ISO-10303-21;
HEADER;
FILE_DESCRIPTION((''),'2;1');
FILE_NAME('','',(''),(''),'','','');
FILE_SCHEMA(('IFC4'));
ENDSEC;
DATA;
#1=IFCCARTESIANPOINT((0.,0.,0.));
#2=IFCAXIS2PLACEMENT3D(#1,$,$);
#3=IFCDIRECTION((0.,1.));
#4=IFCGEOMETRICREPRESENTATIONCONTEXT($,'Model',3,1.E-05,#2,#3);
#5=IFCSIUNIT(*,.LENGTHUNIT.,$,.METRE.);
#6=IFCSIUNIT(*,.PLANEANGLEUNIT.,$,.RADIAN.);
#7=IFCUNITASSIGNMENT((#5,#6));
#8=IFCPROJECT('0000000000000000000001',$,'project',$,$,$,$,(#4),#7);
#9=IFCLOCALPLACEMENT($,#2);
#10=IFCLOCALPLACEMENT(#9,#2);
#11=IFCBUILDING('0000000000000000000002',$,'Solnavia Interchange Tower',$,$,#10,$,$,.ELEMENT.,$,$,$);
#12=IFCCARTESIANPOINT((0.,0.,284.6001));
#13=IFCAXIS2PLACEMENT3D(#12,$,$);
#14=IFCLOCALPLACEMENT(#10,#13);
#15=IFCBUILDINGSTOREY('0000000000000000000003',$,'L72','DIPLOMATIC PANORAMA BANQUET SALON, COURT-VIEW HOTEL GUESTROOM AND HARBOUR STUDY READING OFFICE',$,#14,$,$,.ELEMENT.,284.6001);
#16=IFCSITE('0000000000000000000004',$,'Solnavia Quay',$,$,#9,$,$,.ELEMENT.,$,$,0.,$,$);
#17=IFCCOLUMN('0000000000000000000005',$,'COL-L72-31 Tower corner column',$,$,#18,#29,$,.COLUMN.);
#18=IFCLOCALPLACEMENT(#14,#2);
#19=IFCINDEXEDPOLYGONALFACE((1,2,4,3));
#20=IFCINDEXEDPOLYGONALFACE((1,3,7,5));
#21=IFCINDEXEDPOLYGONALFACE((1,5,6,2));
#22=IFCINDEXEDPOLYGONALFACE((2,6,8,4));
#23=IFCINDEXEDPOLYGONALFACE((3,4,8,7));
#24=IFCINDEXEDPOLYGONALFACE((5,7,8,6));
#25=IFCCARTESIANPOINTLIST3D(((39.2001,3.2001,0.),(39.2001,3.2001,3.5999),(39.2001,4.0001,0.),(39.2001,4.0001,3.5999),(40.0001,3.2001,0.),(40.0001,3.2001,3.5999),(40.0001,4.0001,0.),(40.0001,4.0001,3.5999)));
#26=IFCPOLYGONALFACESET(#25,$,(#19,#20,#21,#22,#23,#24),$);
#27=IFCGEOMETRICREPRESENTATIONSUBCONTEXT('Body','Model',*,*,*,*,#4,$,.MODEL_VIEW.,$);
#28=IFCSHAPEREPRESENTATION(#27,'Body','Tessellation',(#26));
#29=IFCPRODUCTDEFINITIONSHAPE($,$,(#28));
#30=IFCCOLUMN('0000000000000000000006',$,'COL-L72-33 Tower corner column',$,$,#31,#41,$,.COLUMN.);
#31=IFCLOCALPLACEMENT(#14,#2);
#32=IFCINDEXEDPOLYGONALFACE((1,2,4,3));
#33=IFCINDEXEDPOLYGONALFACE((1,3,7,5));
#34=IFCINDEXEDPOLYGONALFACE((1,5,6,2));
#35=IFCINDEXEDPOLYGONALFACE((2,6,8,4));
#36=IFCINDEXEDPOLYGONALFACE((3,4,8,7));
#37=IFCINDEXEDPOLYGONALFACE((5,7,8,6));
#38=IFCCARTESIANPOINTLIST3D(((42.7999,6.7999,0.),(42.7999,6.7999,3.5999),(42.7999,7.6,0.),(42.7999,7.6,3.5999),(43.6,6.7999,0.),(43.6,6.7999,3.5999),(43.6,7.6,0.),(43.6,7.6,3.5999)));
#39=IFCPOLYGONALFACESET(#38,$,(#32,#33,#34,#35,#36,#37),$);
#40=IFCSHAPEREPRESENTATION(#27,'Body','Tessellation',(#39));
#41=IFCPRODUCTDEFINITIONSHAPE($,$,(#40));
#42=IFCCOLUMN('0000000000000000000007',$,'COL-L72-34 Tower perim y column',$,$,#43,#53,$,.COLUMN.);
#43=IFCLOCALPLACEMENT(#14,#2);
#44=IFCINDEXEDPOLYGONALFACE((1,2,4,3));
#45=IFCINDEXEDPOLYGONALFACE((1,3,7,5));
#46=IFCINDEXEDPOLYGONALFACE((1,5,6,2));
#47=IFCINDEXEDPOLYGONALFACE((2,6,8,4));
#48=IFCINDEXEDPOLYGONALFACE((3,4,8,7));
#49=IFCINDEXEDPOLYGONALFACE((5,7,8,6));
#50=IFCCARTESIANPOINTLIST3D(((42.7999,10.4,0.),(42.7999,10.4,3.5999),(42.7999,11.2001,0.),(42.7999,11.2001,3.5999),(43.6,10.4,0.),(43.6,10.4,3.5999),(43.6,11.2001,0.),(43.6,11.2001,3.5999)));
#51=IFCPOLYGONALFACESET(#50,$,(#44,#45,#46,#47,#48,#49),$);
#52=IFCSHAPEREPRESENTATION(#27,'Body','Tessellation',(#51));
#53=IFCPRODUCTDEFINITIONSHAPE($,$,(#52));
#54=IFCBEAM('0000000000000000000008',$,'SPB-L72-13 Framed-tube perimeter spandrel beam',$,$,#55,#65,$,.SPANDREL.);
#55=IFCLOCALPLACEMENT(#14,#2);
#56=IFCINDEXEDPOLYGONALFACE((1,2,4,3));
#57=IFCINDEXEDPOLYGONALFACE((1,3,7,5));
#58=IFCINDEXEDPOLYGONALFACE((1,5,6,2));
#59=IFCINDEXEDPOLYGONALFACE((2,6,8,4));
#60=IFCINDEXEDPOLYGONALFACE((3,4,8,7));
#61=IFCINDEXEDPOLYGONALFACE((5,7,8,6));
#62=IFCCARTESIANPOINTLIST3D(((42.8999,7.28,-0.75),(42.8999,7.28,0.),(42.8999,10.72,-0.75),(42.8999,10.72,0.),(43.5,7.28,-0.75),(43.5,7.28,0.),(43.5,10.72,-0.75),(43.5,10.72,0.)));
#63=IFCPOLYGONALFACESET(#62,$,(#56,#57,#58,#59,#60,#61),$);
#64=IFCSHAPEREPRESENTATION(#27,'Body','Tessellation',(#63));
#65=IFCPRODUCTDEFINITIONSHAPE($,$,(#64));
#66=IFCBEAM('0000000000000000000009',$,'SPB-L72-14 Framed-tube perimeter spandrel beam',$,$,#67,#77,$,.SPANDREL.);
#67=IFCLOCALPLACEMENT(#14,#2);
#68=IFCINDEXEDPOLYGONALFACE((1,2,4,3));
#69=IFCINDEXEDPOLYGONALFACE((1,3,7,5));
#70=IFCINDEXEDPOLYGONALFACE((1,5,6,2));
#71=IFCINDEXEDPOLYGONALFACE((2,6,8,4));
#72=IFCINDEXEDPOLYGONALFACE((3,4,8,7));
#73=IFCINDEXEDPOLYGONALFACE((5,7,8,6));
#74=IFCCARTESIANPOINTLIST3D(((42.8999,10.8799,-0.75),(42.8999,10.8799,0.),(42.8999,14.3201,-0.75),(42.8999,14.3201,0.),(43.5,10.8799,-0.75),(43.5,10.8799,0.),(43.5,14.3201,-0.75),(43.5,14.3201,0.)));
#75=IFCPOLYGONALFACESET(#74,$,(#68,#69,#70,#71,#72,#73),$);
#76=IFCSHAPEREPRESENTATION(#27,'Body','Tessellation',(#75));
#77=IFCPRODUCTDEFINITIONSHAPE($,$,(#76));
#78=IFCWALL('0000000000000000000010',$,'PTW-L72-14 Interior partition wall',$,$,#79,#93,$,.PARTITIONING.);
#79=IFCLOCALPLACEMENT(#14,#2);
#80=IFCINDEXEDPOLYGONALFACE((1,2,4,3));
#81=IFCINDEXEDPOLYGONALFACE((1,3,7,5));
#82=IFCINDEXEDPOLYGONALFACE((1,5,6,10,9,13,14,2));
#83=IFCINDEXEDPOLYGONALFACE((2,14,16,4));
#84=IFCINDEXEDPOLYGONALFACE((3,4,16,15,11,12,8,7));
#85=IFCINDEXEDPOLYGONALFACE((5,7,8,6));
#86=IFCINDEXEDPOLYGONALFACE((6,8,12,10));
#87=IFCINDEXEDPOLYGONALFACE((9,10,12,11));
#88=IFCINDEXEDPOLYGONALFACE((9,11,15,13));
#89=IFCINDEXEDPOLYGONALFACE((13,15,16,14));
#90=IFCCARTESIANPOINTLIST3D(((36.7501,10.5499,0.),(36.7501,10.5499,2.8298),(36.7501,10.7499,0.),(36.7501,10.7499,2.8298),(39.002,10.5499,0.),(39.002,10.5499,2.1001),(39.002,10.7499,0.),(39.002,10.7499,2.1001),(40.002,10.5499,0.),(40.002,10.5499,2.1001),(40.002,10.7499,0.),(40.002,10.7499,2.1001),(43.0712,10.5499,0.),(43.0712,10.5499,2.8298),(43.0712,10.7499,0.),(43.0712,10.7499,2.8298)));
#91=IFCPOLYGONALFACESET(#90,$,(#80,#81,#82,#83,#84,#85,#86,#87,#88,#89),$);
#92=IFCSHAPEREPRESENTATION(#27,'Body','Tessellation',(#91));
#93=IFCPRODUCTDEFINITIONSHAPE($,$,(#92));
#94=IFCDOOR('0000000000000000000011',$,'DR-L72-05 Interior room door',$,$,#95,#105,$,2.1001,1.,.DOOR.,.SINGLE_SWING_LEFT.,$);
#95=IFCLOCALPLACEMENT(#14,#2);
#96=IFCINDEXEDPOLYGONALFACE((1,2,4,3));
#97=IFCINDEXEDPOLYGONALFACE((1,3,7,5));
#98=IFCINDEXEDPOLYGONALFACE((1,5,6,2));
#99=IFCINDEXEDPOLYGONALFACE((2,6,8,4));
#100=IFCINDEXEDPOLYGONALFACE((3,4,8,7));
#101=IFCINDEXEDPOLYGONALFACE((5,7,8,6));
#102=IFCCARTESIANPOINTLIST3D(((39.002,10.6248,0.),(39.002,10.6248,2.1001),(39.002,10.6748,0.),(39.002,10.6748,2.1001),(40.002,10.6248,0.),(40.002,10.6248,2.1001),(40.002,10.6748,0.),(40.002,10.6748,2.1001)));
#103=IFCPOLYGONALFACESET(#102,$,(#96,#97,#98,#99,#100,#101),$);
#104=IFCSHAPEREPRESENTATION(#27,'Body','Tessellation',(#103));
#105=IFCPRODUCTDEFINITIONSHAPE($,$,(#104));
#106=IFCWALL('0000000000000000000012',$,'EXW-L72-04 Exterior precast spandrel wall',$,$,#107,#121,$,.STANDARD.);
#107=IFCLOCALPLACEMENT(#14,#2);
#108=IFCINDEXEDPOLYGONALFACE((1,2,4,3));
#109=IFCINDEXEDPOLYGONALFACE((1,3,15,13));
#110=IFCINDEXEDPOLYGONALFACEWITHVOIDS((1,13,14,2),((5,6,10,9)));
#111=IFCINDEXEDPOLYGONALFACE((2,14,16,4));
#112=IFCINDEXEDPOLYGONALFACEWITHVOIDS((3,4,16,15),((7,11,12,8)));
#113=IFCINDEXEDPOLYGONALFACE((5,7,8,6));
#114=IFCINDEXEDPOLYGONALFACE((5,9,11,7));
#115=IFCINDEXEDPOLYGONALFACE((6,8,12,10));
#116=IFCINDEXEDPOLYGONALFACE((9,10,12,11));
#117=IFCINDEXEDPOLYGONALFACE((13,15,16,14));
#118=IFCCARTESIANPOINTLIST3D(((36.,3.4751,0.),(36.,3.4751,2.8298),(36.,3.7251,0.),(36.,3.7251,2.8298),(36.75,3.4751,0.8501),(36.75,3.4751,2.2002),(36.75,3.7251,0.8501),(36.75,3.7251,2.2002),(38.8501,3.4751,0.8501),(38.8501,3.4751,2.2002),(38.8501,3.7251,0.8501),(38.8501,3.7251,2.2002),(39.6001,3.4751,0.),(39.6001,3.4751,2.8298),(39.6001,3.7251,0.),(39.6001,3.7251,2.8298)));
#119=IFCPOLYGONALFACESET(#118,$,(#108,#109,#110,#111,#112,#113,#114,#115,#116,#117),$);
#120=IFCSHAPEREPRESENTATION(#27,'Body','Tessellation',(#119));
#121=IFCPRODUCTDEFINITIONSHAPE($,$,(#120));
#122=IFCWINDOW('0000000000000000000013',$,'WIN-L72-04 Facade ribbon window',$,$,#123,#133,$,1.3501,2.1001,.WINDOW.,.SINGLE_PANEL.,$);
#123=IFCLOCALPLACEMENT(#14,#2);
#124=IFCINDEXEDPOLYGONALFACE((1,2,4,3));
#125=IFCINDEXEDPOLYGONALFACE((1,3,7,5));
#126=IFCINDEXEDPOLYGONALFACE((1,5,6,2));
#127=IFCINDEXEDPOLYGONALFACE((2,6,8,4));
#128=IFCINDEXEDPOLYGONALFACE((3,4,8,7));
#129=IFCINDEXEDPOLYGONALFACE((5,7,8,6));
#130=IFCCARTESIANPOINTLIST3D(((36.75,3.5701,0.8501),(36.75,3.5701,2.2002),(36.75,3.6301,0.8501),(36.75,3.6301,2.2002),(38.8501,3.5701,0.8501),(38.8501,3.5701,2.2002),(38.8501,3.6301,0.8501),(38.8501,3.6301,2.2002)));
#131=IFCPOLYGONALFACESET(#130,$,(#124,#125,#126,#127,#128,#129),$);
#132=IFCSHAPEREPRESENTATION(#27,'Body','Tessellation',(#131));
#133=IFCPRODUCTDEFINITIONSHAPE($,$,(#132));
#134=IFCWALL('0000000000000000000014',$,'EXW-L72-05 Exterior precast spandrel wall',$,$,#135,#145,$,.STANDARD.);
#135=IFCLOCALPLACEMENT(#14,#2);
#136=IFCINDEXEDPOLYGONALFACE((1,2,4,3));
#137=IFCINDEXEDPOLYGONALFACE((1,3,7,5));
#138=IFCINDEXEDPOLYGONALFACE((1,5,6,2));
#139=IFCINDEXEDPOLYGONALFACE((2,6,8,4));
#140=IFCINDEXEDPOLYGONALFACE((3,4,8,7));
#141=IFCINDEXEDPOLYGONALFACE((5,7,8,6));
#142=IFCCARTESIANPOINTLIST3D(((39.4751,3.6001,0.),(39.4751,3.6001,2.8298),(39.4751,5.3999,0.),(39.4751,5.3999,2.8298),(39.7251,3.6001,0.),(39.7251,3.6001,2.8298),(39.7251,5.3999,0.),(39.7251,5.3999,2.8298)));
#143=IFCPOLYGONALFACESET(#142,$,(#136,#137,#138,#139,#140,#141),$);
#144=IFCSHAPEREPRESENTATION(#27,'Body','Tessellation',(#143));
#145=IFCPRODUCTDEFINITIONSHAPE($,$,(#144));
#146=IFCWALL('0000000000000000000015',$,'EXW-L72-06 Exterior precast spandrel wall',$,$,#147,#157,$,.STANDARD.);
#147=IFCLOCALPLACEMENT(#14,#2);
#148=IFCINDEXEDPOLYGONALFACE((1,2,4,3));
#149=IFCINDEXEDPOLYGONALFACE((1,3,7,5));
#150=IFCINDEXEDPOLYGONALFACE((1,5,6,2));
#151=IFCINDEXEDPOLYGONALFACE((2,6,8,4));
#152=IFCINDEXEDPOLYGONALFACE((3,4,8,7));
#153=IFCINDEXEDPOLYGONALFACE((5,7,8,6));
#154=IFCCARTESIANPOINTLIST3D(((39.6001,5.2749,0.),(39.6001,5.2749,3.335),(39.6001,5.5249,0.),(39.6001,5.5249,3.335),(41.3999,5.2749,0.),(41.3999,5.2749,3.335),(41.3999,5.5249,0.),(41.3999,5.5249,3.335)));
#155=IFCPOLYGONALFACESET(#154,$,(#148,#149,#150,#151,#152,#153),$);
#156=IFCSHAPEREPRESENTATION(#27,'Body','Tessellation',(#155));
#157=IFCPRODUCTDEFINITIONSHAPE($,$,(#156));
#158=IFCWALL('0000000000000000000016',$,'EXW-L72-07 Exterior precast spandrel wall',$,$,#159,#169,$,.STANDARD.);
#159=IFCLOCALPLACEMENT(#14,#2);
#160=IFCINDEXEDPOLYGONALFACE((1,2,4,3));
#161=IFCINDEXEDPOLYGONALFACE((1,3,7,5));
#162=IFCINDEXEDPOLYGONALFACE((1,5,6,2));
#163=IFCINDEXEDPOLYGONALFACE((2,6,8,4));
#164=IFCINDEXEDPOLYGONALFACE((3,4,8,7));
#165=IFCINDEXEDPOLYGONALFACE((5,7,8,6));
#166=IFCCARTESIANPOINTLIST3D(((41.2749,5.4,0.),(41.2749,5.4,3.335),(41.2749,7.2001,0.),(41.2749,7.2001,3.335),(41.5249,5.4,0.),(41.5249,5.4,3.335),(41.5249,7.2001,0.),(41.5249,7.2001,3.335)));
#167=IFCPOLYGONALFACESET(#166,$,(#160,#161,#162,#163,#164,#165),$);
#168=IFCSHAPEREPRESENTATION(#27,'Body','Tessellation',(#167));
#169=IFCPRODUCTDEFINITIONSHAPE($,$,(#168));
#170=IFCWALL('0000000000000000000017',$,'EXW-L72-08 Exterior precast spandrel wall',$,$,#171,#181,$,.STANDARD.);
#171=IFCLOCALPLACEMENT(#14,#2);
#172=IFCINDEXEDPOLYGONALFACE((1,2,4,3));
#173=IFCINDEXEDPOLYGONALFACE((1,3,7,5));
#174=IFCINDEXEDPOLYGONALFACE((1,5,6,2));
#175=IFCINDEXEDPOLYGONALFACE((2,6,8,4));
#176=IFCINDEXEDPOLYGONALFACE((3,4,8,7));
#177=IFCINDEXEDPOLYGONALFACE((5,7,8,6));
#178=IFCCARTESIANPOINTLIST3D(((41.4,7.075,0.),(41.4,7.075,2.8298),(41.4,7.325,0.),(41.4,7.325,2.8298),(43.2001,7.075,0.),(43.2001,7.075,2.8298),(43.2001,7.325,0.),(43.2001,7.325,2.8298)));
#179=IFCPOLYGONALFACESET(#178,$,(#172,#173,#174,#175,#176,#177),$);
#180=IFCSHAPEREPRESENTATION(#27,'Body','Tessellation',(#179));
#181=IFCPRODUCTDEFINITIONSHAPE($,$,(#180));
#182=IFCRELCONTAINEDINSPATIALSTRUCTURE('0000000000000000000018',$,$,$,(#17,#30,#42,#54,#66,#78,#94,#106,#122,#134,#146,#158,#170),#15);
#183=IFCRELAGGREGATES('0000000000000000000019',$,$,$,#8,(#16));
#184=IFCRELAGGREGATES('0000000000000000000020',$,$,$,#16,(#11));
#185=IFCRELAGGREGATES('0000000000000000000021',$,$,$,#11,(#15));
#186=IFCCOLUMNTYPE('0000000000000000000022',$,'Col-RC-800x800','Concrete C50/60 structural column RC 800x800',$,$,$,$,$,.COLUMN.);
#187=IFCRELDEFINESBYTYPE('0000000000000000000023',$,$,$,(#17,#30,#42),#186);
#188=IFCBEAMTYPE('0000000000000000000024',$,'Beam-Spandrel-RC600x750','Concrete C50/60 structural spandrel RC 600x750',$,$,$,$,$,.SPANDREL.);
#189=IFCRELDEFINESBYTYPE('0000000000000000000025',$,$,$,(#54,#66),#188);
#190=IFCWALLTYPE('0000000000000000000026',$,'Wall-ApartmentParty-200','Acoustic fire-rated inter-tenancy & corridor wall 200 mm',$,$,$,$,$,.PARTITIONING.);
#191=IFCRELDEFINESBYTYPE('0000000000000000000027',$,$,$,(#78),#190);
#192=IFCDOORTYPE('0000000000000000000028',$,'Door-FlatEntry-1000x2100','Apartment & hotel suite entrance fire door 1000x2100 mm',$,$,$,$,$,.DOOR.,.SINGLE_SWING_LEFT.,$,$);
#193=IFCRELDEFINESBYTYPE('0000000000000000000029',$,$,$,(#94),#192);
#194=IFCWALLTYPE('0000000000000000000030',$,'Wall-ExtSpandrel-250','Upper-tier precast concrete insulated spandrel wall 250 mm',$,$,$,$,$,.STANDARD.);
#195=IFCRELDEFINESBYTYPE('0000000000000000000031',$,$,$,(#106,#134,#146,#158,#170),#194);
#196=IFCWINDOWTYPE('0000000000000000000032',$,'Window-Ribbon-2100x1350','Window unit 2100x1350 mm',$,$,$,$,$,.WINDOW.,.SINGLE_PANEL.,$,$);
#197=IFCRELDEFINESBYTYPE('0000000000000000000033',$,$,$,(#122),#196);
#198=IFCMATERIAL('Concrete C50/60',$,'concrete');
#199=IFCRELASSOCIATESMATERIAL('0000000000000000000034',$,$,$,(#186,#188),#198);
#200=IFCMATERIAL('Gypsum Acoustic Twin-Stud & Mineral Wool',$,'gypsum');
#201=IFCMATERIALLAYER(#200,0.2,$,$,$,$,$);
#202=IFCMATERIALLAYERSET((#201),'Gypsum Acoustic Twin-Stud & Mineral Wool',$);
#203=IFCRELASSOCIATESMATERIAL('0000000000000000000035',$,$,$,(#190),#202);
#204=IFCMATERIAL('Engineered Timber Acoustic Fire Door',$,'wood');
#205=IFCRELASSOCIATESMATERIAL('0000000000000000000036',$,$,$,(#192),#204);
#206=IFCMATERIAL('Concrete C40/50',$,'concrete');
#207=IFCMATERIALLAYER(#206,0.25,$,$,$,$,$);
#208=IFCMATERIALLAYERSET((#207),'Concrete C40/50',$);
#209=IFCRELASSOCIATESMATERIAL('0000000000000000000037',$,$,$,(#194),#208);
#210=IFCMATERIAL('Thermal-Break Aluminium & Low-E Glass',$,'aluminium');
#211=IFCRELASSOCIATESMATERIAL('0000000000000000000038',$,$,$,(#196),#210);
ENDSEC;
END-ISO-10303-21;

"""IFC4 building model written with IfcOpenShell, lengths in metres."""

from ifc_helpers import new_model, si_unit, direction, frame, frame_2d, origin, origin_2d, place, context, subcontext, project, spatial, rectangle, extrude, material, layer, layer_set, material_profile, profile_set, type_object, element, fill, save


model = new_model("IFC4")

# Units and contexts
model_context = context("Model", 3, precision=1e-05, world=origin(), true_north=direction((0.0, 1.0)))
body_context = subcontext(model_context, "Body", "Model", "MODEL_VIEW")
ifc_project = project(units=[si_unit("LENGTHUNIT", "METRE"), si_unit("PLANEANGLEUNIT", "RADIAN")], contexts=[model_context])

# Site, building, storey
site_placement = place(None, origin())
site = spatial("IfcSite", under=ifc_project, at=site_placement, Name="Solnavia Quay", CompositionType="ELEMENT", RefElevation=0.0)
building_placement = place(site_placement, origin())
building = spatial("IfcBuilding", under=site, at=building_placement, Name="Solnavia Interchange Tower", CompositionType="ELEMENT")
storey_placement = place(building_placement, frame((0.0, 0.0, 284.6001)))
storey = spatial("IfcBuildingStorey", under=building, at=storey_placement, Name="L72", Description="DIPLOMATIC PANORAMA BANQUET SALON, COURT-VIEW HOTEL GUESTROOM AND HARBOUR STUDY READING OFFICE", CompositionType="ELEMENT", Elevation=284.6001)

# Columns
ifc_material_1 = material(Name="Concrete C50/60", Category="concrete")
ifc_material_profile_1 = material_profile(ifc_material_1, rectangle(XDim=0.8, YDim=0.8, at=origin_2d()), Name="RC 800x800")
ifc_profile_set_1 = profile_set([ifc_material_profile_1], Name="Concrete C50/60")
column_type = type_object("IfcColumnType", Name="Col-RC-800x800", Description="Concrete C50/60 structural column RC 800x800", PredefinedType="COLUMN", material=ifc_profile_set_1)
for number, where, z_axis, x_axis, name in (
    (1, (39.6001, 3.6001, 0.0), (0.0, 0.0, 1.0), (1.0, 0.0, 0.0), "COL-L72-31 Tower corner column"),
    (2, (43.2, 7.2, 0.0), (0.0, 0.0, 1.0), (1.0, 0.0, 0.0), "COL-L72-33 Tower corner column"),
    (3, (43.2, 10.8, 0.0), (0.0, 0.0, 1.0), (0.0, 1.0, 0.0), "COL-L72-34 Tower perim y column"),
):
    element("IfcColumn", number, at=place(storey_placement, frame(where, z_axis=z_axis, x_axis=x_axis)), inside=storey, type_object=column_type, Name=name, PredefinedType="COLUMN", context=body_context, shape_type="SweptSolid", body=[
        extrude(rectangle(XDim=0.8, YDim=0.8, at=origin_2d()), origin(), (0.0, 0.0, 1.0), 3.5999),
    ])

# Beams
ifc_material_profile_2 = material_profile(ifc_material_1, rectangle(XDim=0.6001, YDim=0.75, at=origin_2d()), Name="RC 600x750")
ifc_profile_set_2 = profile_set([ifc_material_profile_2], Name="Concrete C50/60")
beam_type = type_object("IfcBeamType", Name="Beam-Spandrel-RC600x750", Description="Concrete C50/60 structural spandrel RC 600x750", PredefinedType="SPANDREL", material=ifc_profile_set_2)
beam_1_placement = place(storey_placement, frame((43.2, 7.28, -0.375), z_axis=(0.0, 1.0, 0.0), x_axis=(-1.0, 0.0, 0.0)))
element("IfcBeam", 4, at=beam_1_placement, inside=storey, type_object=beam_type, Name="SPB-L72-13 Framed-tube perimeter spandrel beam", PredefinedType="SPANDREL", context=body_context, shape_type="SweptSolid", body=[
    extrude(rectangle(XDim=0.6001, YDim=0.75, at=origin_2d()), origin(), (0.0, 0.0, 1.0), 3.4399),
])
beam_2_placement = place(storey_placement, frame((43.2, 10.8799, -0.375), z_axis=(0.0, 1.0, 0.0), x_axis=(-1.0, 0.0, 0.0)))
element("IfcBeam", 5, at=beam_2_placement, inside=storey, type_object=beam_type, Name="SPB-L72-14 Framed-tube perimeter spandrel beam", PredefinedType="SPANDREL", context=body_context, shape_type="SweptSolid", body=[
    extrude(rectangle(XDim=0.6001, YDim=0.75, at=origin_2d()), origin(), (0.0, 0.0, 1.0), 3.4402),
])

# Wall, opening, door
ifc_material_2 = material(Name="Gypsum Acoustic Twin-Stud & Mineral Wool", Category="gypsum")
ifc_layer_1 = layer(ifc_material_2, 0.2)
ifc_layer_set_1 = layer_set([ifc_layer_1], Name="Gypsum Acoustic Twin-Stud & Mineral Wool")
wall_type_1 = type_object("IfcWallType", Name="Wall-ApartmentParty-200", Description="Acoustic fire-rated inter-tenancy & corridor wall 200 mm", PredefinedType="PARTITIONING", material=ifc_layer_set_1)
wall_1_placement = place(storey_placement, frame((36.75, 10.6499, 0.0), z_axis=(0.0, 0.0, 1.0), x_axis=(1.0, 0.0, 0.0)))
wall_1 = element("IfcWall", 6, at=wall_1_placement, inside=storey, type_object=wall_type_1, Name="PTW-L72-14 Interior partition wall", PredefinedType="PARTITIONING", context=body_context, shape_type="SweptSolid", body=[
    extrude(rectangle(XDim=6.321, YDim=0.2, at=frame_2d((3.1606, 0.0))), origin(), (0.0, 0.0, 1.0), 2.8298),
])
opening_1_placement = place(wall_1_placement, frame((2.252, 0.0, 0.0)))
opening_1 = element("IfcOpeningElement", 7, at=opening_1_placement, cuts=wall_1, PredefinedType="OPENING", context=body_context, shape_type="SweptSolid", body=[
    extrude(rectangle(XDim=1.0, YDim=2.1001, at=frame_2d((0.5, 1.05))), frame((0.0, 0.1099, 0.0), z_axis=(0.0, -1.0, 0.0), x_axis=(1.0, 0.0, 0.0)), (0.0, 0.0, 1.0), 0.22),
])
ifc_material_3 = material(Name="Engineered Timber Acoustic Fire Door", Category="wood")
door_type_1 = type_object("IfcDoorType", Name="Door-FlatEntry-1000x2100", Description="Apartment & hotel suite entrance fire door 1000x2100 mm", OperationType="SINGLE_SWING_LEFT", PredefinedType="DOOR", material=ifc_material_3)
door_1_placement = place(opening_1_placement, origin())
door_1 = element("IfcDoor", 8, at=door_1_placement, inside=storey, type_object=door_type_1, Name="DR-L72-05 Interior room door", OperationType="SINGLE_SWING_LEFT", OverallHeight=2.1001, OverallWidth=1.0, PredefinedType="DOOR", context=body_context, shape_type="SweptSolid", body=[
    extrude(rectangle(XDim=1.0, YDim=2.1001, at=frame_2d((0.5, 1.05))), frame((0.0, 0.0249, 0.0), z_axis=(0.0, -1.0, 0.0), x_axis=(1.0, 0.0, 0.0)), (0.0, 0.0, 1.0), 0.05),
])
fill(opening_1, door_1)

# Wall, opening, window
ifc_material_4 = material(Name="Concrete C40/50", Category="concrete")
ifc_layer_2 = layer(ifc_material_4, 0.25)
ifc_layer_set_2 = layer_set([ifc_layer_2], Name="Concrete C40/50")
wall_type_2 = type_object("IfcWallType", Name="Wall-ExtSpandrel-250", Description="Upper-tier precast concrete insulated spandrel wall 250 mm", PredefinedType="STANDARD", material=ifc_layer_set_2)
wall_2_placement = place(storey_placement, frame((39.6001, 3.6001, 0.0), z_axis=(0.0, 0.0, 1.0), x_axis=(-1.0, 0.0, 0.0)))
wall_2 = element("IfcWall", 9, at=wall_2_placement, inside=storey, type_object=wall_type_2, Name="EXW-L72-04 Exterior precast spandrel wall", PredefinedType="STANDARD", context=body_context, shape_type="SweptSolid", body=[
    extrude(rectangle(XDim=3.6001, YDim=0.25, at=frame_2d((1.8, 0.0))), origin(), (0.0, 0.0, 1.0), 2.8298),
])
opening_2_placement = place(wall_2_placement, frame((0.75, 0.0, 0.8501)))
opening_2 = element("IfcOpeningElement", 10, at=opening_2_placement, cuts=wall_2, PredefinedType="OPENING", context=body_context, shape_type="SweptSolid", body=[
    extrude(rectangle(XDim=2.1001, YDim=1.3501, at=frame_2d((1.05, 0.675))), frame((0.0, 0.135, 0.0), z_axis=(0.0, -1.0, 0.0), x_axis=(1.0, 0.0, 0.0)), (0.0, 0.0, 1.0), 0.27),
])
ifc_material_5 = material(Name="Thermal-Break Aluminium & Low-E Glass", Category="aluminium")
window_type = type_object("IfcWindowType", Name="Window-Ribbon-2100x1350", Description="Window unit 2100x1350 mm", PartitioningType="SINGLE_PANEL", PredefinedType="WINDOW", material=ifc_material_5)
window_1_placement = place(opening_2_placement, origin())
window_1 = element("IfcWindow", 11, at=window_1_placement, inside=storey, type_object=window_type, Name="WIN-L72-04 Facade ribbon window", OverallHeight=1.3501, OverallWidth=2.1001, PartitioningType="SINGLE_PANEL", PredefinedType="WINDOW", context=body_context, shape_type="SweptSolid", body=[
    extrude(rectangle(XDim=2.1001, YDim=1.3501, at=frame_2d((1.05, 0.675))), frame((0.0, 0.03, 0.0), z_axis=(0.0, -1.0, 0.0), x_axis=(1.0, 0.0, 0.0)), (0.0, 0.0, 1.0), 0.0601),
])
fill(opening_2, window_1)

# Walls
wall_3_placement = place(storey_placement, frame((39.6001, 5.3999, 0.0), z_axis=(0.0, 0.0, 1.0), x_axis=(0.0, -1.0, 0.0)))
element("IfcWall", 12, at=wall_3_placement, inside=storey, type_object=wall_type_2, Name="EXW-L72-05 Exterior precast spandrel wall", PredefinedType="STANDARD", context=body_context, shape_type="SweptSolid", body=[
    extrude(rectangle(XDim=1.7998, YDim=0.25, at=frame_2d((0.8999, 0.0))), origin(), (0.0, 0.0, 1.0), 2.8298),
])
wall_4_placement = place(storey_placement, frame((41.3999, 5.3999, 0.0), z_axis=(0.0, 0.0, 1.0), x_axis=(-1.0, 0.0, 0.0)))
element("IfcWall", 13, at=wall_4_placement, inside=storey, type_object=wall_type_2, Name="EXW-L72-06 Exterior precast spandrel wall", PredefinedType="STANDARD", context=body_context, shape_type="SweptSolid", body=[
    extrude(rectangle(XDim=1.7998, YDim=0.25, at=frame_2d((0.8999, 0.0))), origin(), (0.0, 0.0, 1.0), 3.335),
])
wall_5_placement = place(storey_placement, frame((41.3999, 7.2, 0.0), z_axis=(0.0, 0.0, 1.0), x_axis=(0.0, -1.0, 0.0)))
element("IfcWall", 14, at=wall_5_placement, inside=storey, type_object=wall_type_2, Name="EXW-L72-07 Exterior precast spandrel wall", PredefinedType="STANDARD", context=body_context, shape_type="SweptSolid", body=[
    extrude(rectangle(XDim=1.8, YDim=0.25, at=frame_2d((0.8999, 0.0))), origin(), (0.0, 0.0, 1.0), 3.335),
])
wall_6_placement = place(storey_placement, frame((43.2, 7.2, 0.0), z_axis=(0.0, 0.0, 1.0), x_axis=(-1.0, 0.0, 0.0)))
element("IfcWall", 15, at=wall_6_placement, inside=storey, type_object=wall_type_2, Name="EXW-L72-08 Exterior precast spandrel wall", PredefinedType="STANDARD", context=body_context, shape_type="SweptSolid", body=[
    extrude(rectangle(XDim=1.8, YDim=0.25, at=frame_2d((0.8999, 0.0))), origin(), (0.0, 0.0, 1.0), 2.8298),
])

save(model, "model.ifc")
